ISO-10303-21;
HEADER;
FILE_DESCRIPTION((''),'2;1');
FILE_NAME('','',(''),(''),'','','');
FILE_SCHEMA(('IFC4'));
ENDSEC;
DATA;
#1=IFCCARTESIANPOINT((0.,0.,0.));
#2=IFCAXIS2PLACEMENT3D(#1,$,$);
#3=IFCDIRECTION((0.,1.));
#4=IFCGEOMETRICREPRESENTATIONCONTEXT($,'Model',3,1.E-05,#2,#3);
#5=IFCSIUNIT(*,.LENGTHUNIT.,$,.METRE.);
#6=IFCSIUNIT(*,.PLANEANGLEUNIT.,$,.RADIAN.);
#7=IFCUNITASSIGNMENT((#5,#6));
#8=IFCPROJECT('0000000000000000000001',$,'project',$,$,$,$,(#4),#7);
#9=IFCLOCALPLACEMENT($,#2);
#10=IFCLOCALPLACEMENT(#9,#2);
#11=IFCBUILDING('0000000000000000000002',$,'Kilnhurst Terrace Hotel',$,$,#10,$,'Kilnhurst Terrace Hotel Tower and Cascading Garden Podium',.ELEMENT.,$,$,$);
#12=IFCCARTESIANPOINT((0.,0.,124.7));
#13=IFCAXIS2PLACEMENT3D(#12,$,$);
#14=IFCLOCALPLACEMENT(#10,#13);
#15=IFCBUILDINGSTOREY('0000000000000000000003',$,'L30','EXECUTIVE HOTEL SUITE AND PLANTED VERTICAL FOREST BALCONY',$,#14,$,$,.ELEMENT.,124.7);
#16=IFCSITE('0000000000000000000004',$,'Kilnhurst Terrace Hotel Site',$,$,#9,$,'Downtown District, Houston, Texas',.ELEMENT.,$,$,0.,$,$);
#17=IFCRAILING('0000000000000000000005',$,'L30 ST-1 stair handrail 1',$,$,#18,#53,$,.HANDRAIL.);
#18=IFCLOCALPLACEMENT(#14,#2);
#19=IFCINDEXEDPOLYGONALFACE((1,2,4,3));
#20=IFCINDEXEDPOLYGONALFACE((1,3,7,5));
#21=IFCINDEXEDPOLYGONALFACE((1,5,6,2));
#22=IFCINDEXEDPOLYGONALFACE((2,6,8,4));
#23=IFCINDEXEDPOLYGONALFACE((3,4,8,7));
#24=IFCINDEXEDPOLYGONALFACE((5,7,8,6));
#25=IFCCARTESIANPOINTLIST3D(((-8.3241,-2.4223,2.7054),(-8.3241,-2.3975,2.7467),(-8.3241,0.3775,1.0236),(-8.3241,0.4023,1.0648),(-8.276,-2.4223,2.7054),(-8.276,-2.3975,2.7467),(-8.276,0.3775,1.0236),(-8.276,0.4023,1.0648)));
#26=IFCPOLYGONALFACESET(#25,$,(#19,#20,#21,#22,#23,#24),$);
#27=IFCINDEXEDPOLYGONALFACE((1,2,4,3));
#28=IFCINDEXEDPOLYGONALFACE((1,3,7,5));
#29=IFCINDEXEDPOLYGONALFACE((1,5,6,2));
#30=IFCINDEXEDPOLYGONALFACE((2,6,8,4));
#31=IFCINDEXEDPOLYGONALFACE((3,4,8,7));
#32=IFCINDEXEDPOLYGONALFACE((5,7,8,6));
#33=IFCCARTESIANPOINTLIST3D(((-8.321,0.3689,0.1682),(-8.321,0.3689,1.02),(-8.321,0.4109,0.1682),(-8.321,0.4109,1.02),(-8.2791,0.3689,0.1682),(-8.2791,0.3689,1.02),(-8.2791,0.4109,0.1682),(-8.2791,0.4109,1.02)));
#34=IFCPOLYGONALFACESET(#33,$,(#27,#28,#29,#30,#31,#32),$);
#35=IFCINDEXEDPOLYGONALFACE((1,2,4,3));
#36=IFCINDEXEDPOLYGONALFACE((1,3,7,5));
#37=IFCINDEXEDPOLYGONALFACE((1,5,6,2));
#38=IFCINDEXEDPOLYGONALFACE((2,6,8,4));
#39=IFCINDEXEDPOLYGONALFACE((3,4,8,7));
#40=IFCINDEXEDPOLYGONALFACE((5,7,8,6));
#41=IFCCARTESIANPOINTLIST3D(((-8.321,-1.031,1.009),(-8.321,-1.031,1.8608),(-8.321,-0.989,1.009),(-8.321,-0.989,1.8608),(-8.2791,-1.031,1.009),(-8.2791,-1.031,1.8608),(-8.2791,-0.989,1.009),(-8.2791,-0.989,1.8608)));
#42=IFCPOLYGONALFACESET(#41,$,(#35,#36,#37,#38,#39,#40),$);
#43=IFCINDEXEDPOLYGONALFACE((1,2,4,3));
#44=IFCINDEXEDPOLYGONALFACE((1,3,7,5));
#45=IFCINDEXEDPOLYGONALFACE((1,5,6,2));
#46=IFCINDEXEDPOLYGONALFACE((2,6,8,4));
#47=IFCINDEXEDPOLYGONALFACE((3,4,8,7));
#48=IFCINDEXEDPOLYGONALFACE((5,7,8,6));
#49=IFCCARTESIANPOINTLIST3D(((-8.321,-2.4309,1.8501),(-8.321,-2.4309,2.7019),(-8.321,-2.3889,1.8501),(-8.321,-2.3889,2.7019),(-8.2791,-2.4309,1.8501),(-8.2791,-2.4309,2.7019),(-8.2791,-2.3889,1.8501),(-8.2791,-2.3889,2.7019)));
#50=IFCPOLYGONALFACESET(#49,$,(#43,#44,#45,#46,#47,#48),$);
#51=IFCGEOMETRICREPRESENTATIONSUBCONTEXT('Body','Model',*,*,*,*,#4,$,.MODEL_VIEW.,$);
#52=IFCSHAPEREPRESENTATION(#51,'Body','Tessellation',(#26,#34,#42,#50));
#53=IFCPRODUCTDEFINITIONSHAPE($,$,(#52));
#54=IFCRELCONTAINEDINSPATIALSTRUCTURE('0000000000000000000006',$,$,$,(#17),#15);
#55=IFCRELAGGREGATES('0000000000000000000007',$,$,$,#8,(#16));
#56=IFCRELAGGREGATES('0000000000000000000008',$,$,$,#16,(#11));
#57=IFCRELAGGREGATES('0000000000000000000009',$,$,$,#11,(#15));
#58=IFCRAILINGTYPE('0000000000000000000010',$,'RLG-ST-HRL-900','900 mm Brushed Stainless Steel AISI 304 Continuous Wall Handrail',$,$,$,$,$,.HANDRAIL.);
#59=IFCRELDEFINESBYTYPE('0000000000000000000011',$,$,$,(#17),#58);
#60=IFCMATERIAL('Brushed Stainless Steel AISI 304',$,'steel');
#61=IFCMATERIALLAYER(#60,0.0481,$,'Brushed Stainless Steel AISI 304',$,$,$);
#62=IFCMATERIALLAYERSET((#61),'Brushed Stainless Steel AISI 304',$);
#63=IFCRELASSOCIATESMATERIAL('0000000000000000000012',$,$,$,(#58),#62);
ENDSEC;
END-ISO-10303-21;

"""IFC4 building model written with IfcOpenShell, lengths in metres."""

from ifc_helpers import new_model, si_unit, direction, frame, origin, origin_2d, place, context, subcontext, project, spatial, rectangle, extrude, material, layer, layer_set, type_object, element, save


model = new_model("IFC4")

# Units and contexts
model_context = context("Model", 3, precision=1e-05, world=origin(), true_north=direction((0.0, 1.0)))
body_context = subcontext(model_context, "Body", "Model", "MODEL_VIEW")
ifc_project = project(units=[si_unit("LENGTHUNIT", "METRE"), si_unit("PLANEANGLEUNIT", "RADIAN")], contexts=[model_context])

# Site, building, storey
site_placement = place(None, origin())
site = spatial("IfcSite", under=ifc_project, at=site_placement, Name="Kilnhurst Terrace Hotel Site", LongName="Downtown District, Houston, Texas", CompositionType="ELEMENT", RefElevation=0.0)
building_placement = place(site_placement, origin())
building = spatial("IfcBuilding", under=site, at=building_placement, Name="Kilnhurst Terrace Hotel", LongName="Kilnhurst Terrace Hotel Tower and Cascading Garden Podium", CompositionType="ELEMENT")
storey_placement = place(building_placement, frame((0.0, 0.0, 124.7)))
storey = spatial("IfcBuildingStorey", under=building, at=storey_placement, Name="L30", Description="EXECUTIVE HOTEL SUITE AND PLANTED VERTICAL FOREST BALCONY", CompositionType="ELEMENT", Elevation=124.7)

# Railing
ifc_material_1 = material(Name="Brushed Stainless Steel AISI 304", Category="steel")
ifc_layer_1 = layer(ifc_material_1, 0.0481, Name="Brushed Stainless Steel AISI 304")
ifc_layer_set_1 = layer_set([ifc_layer_1], Name="Brushed Stainless Steel AISI 304")
railing_type_1 = type_object("IfcRailingType", Name="RLG-ST-HRL-900", Description="900 mm Brushed Stainless Steel AISI 304 Continuous Wall Handrail", PredefinedType="HANDRAIL", material=ifc_layer_set_1)
railing_1_placement = place(storey_placement, frame((-8.3, 0.3899, 0.1682)))
element("IfcRailing", 1, at=railing_1_placement, inside=storey, type_object=railing_type_1, Name="L30 ST-1 stair handrail 1", PredefinedType="HANDRAIL", context=body_context, shape_type="SweptSolid", body=[
    extrude(rectangle(XDim=0.0481, YDim=0.0481, at=origin_2d()), frame((0.0, 0.0, 0.876), z_axis=(0.0, -0.857222, 0.514946), x_axis=(1.0, 0.0, 0.0)), (0.0, 0.0, 1.0), 3.2661),
    extrude(rectangle(XDim=0.042, YDim=0.042, at=origin_2d()), origin(), (0.0, 0.0, 1.0), 0.8518),
    extrude(rectangle(XDim=0.042, YDim=0.042, at=origin_2d()), frame((0.0, -1.3999, 0.8408)), (0.0, 0.0, 1.0), 0.8518),
    extrude(rectangle(XDim=0.042, YDim=0.042, at=origin_2d()), frame((0.0, -2.7998, 1.6819)), (0.0, 0.0, 1.0), 0.8518),
])

save(model, "model.ifc")
